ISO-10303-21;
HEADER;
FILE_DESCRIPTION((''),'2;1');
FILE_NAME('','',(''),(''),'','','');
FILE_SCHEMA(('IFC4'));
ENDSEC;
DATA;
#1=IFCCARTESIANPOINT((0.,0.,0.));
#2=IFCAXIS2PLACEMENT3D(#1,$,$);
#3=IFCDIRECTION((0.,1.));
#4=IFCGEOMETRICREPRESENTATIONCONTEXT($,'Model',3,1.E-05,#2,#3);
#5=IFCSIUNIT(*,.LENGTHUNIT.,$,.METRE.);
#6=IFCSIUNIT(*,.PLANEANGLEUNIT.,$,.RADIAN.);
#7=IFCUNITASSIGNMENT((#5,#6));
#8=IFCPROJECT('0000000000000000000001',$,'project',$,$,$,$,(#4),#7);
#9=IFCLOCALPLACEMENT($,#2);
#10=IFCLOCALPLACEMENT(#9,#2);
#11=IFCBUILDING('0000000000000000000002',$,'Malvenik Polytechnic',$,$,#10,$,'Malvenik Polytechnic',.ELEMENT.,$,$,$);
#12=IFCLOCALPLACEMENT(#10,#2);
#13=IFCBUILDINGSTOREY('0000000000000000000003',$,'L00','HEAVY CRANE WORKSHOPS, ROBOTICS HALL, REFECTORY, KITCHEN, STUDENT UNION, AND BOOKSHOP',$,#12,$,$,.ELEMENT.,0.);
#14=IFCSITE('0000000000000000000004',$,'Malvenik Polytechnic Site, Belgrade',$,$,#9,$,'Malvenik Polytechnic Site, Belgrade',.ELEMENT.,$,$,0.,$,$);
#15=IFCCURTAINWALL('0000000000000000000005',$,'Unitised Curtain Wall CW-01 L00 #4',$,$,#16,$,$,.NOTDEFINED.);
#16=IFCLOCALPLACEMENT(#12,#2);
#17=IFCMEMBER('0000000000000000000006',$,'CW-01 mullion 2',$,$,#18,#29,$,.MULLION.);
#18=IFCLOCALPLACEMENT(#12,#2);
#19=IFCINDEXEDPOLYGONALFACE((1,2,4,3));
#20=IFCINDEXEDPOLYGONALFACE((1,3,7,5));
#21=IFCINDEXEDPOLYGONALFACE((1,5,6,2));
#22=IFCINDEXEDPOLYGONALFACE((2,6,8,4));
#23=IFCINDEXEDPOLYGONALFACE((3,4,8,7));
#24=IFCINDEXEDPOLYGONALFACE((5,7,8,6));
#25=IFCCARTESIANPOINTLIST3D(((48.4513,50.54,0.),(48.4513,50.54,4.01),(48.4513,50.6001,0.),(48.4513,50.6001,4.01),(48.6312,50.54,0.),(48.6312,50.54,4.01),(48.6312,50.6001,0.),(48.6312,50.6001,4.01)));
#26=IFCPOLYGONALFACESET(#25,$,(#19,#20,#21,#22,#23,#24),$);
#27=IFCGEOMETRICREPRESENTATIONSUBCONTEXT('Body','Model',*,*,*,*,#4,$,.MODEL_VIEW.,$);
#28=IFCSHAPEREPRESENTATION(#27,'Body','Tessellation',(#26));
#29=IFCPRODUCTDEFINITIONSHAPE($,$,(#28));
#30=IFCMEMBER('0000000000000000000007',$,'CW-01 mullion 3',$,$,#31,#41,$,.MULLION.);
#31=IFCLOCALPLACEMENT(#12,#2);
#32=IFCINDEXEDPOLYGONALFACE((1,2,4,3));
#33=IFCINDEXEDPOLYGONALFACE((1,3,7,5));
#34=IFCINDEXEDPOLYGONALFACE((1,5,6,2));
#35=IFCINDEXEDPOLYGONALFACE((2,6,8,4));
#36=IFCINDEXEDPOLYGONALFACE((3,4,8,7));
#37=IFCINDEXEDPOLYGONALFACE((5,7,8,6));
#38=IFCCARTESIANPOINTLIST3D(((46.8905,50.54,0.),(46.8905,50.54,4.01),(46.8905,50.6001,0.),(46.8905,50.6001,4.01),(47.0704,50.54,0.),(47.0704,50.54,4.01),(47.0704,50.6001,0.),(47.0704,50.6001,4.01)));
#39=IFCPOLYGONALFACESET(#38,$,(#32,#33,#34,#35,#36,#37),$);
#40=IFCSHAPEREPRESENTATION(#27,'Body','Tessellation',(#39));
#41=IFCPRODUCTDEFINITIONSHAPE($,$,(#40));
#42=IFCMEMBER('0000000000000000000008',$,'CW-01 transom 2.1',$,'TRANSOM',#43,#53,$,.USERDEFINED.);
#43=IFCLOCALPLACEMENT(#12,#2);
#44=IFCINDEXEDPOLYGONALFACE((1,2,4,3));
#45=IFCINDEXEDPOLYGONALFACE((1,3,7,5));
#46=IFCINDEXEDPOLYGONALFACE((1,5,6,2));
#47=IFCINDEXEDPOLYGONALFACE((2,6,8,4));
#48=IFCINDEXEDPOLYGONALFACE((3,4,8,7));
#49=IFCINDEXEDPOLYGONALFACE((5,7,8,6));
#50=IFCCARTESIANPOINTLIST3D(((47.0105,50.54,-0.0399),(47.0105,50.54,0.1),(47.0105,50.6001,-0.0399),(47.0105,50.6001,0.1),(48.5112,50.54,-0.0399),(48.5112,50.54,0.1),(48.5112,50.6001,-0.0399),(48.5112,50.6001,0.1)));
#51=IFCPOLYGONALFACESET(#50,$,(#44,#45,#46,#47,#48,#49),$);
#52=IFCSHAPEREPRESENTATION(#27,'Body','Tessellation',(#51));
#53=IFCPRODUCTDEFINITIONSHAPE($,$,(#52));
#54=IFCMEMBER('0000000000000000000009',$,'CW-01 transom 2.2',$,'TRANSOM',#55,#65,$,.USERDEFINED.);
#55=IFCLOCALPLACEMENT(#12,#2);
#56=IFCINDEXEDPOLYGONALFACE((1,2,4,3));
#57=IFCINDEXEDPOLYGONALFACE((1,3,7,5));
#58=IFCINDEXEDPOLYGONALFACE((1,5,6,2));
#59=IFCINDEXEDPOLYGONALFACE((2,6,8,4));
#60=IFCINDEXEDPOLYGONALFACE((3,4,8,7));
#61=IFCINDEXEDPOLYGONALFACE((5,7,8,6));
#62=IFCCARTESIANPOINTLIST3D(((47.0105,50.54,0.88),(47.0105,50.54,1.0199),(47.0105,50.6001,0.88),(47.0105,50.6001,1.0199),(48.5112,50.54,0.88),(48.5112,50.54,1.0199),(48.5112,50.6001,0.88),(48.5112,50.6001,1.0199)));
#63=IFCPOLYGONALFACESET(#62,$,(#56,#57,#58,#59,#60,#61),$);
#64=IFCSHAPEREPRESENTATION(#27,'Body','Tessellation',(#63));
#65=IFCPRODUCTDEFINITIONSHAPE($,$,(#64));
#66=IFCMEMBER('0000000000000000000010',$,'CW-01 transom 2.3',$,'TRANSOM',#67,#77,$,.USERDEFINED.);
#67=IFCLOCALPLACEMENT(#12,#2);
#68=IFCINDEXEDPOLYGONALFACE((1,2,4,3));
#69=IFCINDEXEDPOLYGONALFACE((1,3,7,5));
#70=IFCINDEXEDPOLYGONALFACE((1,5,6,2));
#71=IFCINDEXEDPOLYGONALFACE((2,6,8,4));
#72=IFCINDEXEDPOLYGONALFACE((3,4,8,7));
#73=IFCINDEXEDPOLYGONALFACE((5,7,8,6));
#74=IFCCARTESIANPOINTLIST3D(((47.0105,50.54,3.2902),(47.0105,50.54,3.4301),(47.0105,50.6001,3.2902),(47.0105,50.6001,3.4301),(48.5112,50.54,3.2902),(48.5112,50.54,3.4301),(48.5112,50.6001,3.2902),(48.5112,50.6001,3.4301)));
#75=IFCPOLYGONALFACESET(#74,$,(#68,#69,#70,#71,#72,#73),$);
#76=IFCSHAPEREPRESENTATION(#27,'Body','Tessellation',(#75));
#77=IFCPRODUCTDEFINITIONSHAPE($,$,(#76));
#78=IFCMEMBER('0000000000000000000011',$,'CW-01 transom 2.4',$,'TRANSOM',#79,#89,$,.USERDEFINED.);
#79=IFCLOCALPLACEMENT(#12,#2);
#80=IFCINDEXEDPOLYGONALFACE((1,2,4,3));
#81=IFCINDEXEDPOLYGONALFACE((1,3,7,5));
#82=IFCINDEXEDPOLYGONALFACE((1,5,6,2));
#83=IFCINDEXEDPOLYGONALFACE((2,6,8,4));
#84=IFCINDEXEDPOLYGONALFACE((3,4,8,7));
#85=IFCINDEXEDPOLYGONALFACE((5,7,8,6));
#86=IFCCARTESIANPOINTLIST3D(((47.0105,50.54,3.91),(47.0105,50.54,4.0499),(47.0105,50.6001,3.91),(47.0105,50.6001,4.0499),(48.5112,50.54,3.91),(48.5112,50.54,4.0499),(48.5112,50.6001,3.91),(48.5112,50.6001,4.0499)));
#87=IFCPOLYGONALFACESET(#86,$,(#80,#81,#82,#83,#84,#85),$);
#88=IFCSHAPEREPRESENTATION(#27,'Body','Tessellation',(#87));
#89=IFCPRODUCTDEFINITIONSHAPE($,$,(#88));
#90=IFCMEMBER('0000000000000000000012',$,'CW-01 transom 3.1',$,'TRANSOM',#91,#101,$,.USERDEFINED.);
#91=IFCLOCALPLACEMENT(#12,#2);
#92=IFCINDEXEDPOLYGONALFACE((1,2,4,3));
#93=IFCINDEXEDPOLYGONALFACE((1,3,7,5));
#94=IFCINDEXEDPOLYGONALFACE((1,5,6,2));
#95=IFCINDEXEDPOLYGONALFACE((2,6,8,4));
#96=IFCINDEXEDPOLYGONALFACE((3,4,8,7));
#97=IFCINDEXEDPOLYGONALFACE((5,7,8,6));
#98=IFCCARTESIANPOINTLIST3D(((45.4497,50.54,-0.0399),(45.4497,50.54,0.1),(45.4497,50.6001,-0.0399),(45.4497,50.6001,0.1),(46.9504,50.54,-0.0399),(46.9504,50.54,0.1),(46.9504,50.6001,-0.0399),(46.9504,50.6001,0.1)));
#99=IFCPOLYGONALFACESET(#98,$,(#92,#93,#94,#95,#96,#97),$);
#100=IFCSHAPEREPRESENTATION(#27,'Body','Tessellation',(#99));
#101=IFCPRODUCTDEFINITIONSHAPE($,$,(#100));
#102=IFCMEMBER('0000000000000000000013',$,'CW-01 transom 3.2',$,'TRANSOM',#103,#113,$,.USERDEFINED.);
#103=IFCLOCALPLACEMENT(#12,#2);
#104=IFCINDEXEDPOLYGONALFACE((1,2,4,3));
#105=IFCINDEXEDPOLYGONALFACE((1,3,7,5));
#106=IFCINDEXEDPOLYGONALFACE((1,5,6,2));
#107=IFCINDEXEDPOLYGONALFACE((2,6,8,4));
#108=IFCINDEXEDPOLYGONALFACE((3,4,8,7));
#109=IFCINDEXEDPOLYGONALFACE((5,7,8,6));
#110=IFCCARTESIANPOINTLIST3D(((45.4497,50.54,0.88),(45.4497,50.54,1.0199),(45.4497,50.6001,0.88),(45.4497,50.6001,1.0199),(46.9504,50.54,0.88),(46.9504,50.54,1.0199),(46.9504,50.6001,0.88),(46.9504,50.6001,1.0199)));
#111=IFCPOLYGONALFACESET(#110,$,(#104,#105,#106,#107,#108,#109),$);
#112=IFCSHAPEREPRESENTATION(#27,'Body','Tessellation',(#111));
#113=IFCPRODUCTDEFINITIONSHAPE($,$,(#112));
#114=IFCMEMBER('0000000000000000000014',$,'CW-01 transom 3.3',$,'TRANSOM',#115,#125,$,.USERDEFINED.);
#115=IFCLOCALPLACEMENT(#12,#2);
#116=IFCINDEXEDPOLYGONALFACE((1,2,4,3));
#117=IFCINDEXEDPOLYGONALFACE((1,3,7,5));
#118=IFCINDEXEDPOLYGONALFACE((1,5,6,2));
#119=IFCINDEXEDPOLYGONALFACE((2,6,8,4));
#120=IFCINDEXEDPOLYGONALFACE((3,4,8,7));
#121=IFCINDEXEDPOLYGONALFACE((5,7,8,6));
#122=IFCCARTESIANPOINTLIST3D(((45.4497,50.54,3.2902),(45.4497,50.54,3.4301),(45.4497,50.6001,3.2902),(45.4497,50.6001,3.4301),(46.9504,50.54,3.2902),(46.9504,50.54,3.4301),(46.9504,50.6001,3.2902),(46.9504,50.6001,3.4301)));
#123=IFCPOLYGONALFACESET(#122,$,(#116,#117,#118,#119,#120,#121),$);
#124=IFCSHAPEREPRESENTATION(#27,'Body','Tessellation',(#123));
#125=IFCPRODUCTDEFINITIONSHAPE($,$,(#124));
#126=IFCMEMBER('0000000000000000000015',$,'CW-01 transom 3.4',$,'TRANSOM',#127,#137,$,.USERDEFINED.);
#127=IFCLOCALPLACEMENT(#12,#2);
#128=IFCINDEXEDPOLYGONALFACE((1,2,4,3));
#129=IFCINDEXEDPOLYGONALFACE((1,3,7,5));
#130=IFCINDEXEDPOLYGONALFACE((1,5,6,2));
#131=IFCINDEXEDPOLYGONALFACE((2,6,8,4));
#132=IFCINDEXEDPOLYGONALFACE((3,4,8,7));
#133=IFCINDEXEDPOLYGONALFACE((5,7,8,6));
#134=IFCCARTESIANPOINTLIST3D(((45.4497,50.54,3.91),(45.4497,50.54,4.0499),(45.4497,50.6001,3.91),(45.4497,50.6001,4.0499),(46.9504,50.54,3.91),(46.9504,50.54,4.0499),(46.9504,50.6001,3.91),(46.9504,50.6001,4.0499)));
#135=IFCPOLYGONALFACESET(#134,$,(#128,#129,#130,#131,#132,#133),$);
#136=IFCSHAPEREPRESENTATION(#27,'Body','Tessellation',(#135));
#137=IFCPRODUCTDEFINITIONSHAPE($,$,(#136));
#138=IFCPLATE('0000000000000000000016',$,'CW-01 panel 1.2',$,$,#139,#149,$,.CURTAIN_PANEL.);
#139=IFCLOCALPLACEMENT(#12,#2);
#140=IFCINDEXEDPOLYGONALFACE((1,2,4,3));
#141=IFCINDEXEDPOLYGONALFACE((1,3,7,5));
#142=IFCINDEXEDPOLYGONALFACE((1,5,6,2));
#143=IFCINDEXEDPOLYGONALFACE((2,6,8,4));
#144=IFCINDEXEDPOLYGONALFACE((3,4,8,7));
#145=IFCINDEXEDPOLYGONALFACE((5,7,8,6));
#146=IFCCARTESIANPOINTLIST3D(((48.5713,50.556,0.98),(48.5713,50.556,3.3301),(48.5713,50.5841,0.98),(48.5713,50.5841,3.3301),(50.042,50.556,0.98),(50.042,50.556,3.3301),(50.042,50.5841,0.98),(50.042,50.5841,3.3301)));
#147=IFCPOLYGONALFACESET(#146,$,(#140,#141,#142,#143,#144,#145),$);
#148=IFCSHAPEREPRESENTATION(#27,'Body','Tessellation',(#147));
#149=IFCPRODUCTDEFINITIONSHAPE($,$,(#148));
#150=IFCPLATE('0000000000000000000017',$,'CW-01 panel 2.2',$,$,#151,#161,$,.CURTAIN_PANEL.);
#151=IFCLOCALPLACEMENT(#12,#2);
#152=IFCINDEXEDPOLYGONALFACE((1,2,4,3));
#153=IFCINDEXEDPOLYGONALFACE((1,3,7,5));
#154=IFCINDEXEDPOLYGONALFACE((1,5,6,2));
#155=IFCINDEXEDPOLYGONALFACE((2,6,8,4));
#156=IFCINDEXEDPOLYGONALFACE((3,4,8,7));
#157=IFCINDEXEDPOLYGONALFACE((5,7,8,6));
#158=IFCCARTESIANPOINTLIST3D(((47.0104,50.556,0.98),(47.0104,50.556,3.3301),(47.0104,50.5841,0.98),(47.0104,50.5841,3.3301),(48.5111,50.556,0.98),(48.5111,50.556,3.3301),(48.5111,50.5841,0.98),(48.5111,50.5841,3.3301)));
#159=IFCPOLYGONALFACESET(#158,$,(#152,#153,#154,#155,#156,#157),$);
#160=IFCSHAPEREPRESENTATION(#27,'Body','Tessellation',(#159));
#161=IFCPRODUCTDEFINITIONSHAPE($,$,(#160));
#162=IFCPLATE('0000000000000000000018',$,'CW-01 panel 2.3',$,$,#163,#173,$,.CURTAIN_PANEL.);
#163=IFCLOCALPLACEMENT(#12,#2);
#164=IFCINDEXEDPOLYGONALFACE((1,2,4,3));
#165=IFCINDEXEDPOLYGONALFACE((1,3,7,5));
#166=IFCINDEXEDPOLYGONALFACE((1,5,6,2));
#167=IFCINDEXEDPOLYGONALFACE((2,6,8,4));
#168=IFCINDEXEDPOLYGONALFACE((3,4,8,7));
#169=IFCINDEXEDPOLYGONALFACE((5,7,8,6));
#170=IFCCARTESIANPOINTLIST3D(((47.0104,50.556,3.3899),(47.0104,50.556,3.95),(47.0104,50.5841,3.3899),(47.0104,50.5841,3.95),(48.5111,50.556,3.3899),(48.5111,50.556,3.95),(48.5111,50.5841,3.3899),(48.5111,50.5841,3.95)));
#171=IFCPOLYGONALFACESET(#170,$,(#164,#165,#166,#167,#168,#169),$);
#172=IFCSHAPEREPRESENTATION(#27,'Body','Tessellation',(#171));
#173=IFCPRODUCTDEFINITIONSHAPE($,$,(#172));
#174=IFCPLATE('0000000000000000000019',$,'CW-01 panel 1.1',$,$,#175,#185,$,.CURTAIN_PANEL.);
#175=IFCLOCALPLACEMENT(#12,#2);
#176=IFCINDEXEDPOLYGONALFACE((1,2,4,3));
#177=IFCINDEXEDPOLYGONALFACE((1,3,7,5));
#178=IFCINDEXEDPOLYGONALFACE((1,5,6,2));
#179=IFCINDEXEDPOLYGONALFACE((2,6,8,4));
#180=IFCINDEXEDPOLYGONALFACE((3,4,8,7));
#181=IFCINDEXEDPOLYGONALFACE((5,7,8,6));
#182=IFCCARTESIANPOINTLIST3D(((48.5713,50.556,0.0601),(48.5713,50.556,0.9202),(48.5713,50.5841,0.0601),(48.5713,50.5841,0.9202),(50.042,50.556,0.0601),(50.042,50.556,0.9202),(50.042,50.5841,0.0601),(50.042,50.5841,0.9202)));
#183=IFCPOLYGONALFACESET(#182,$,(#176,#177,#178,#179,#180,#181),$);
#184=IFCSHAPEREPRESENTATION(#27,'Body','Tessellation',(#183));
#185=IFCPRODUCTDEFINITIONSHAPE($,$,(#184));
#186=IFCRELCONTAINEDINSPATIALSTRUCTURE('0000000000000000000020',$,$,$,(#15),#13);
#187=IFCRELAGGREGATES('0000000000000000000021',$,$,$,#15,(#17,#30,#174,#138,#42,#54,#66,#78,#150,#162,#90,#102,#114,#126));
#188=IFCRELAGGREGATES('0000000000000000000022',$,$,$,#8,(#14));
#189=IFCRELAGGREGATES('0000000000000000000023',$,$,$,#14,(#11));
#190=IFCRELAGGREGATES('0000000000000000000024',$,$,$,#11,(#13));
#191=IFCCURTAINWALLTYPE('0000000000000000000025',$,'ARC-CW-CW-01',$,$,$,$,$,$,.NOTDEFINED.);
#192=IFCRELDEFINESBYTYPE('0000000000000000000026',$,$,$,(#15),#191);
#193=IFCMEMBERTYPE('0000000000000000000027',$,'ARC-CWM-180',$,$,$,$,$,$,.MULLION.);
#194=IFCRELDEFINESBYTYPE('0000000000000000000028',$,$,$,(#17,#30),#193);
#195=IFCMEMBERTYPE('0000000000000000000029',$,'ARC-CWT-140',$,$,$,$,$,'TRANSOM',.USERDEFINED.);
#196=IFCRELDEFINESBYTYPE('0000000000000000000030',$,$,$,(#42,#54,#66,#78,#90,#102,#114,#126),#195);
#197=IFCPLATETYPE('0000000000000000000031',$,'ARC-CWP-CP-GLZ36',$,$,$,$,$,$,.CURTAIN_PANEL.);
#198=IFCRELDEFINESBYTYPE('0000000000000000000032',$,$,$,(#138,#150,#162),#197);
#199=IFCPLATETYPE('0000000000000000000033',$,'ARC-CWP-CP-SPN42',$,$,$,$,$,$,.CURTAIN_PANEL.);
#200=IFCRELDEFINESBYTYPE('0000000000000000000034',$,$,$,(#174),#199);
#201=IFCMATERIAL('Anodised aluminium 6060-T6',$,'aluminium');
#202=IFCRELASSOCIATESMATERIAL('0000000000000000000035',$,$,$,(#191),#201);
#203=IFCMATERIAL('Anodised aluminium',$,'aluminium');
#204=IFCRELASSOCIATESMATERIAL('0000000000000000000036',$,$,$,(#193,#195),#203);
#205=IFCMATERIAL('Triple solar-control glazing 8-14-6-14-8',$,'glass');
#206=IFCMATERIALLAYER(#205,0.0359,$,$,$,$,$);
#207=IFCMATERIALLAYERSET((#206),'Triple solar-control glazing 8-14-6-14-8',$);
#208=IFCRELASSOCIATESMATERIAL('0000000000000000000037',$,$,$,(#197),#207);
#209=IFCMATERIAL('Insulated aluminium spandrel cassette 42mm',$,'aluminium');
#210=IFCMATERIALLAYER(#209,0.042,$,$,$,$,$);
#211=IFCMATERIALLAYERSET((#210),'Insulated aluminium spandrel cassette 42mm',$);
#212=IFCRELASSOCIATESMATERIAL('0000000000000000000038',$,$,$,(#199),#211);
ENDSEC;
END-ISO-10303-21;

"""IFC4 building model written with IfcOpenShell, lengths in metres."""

from ifc_helpers import new_model, si_unit, direction, frame, origin, origin_2d, place, context, subcontext, project, spatial, rectangle, extrude, material, layer, layer_set, material_profile, profile_set, type_object, element, aggregate, save


model = new_model("IFC4")

# Units and contexts
model_context = context("Model", 3, precision=1e-05, world=origin(), true_north=direction((0.0, 1.0)))
body_context = subcontext(model_context, "Body", "Model", "MODEL_VIEW")
ifc_project = project(units=[si_unit("LENGTHUNIT", "METRE"), si_unit("PLANEANGLEUNIT", "RADIAN")], contexts=[model_context])

# Site, building, storey
site_placement = place(None, origin())
site = spatial("IfcSite", under=ifc_project, at=site_placement, Name="Malvenik Polytechnic Site, Belgrade", LongName="Malvenik Polytechnic Site, Belgrade", CompositionType="ELEMENT", RefElevation=0.0)
building_placement = place(site_placement, origin())
building = spatial("IfcBuilding", under=site, at=building_placement, Name="Malvenik Polytechnic", LongName="Malvenik Polytechnic", CompositionType="ELEMENT")
storey_placement = place(building_placement, origin())
storey = spatial("IfcBuildingStorey", under=building, at=storey_placement, Name="L00", Description="HEAVY CRANE WORKSHOPS, ROBOTICS HALL, REFECTORY, KITCHEN, STUDENT UNION, AND BOOKSHOP", CompositionType="ELEMENT", Elevation=0.0)

# Curtain wall, members, plates
ifc_material_1 = material(Name="Anodised aluminium 6060-T6", Category="aluminium")
curtain_wall_type = type_object("IfcCurtainWallType", Name="ARC-CW-CW-01", PredefinedType="NOTDEFINED", material=ifc_material_1)
curtain_wall_placement = place(storey_placement, origin())
curtain_wall = element("IfcCurtainWall", 1, at=curtain_wall_placement, inside=storey, type_object=curtain_wall_type, Name="Unitised Curtain Wall CW-01 L00 #4", PredefinedType="NOTDEFINED")
ifc_material_2 = material(Name="Anodised aluminium", Category="aluminium")
ifc_material_profile_1 = material_profile(ifc_material_2, rectangle(XDim=0.0601, YDim=0.1799, at=origin_2d()), Name="ALU MULLION 60x180")
ifc_profile_set_1 = profile_set([ifc_material_profile_1], Name="Anodised aluminium")
member_type_1 = type_object("IfcMemberType", Name="ARC-CWM-180", PredefinedType="MULLION", material=ifc_profile_set_1)
member_1_placement = place(storey_placement, frame((48.5413, 50.5701, 0.0), z_axis=(0.0, 0.0, 1.0), x_axis=(0.0, -1.0, 0.0)))
member_1 = element("IfcMember", 2, at=member_1_placement, type_object=member_type_1, Name="CW-01 mullion 2", PredefinedType="MULLION", context=body_context, shape_type="SweptSolid", body=[
    extrude(rectangle(XDim=0.0601, YDim=0.1799, at=origin_2d()), origin(), (0.0, 0.0, 1.0), 4.01),
])
member_2_placement = place(storey_placement, frame((46.9805, 50.5701, 0.0), z_axis=(0.0, 0.0, 1.0), x_axis=(0.0, -1.0, 0.0)))
member_2 = element("IfcMember", 3, at=member_2_placement, type_object=member_type_1, Name="CW-01 mullion 3", PredefinedType="MULLION", context=body_context, shape_type="SweptSolid", body=[
    extrude(rectangle(XDim=0.0601, YDim=0.1799, at=origin_2d()), origin(), (0.0, 0.0, 1.0), 4.01),
])
ifc_material_profile_2 = material_profile(ifc_material_2, rectangle(XDim=0.0601, YDim=0.1399, at=origin_2d()), Name="ALU TRANSOM 60x140")
ifc_profile_set_2 = profile_set([ifc_material_profile_2], Name="Anodised aluminium")
member_type_2 = type_object("IfcMemberType", Name="ARC-CWT-140", ElementType="TRANSOM", PredefinedType="USERDEFINED", material=ifc_profile_set_2)
member_3_placement = place(storey_placement, frame((48.5112, 50.5701, 0.03), z_axis=(-1.0, 0.0, 0.0), x_axis=(0.0, -1.0, 0.0)))
member_3 = element("IfcMember", 4, at=member_3_placement, type_object=member_type_2, Name="CW-01 transom 2.1", ObjectType="TRANSOM", PredefinedType="USERDEFINED", context=body_context, shape_type="SweptSolid", body=[
    extrude(rectangle(XDim=0.0601, YDim=0.1399, at=origin_2d()), origin(), (0.0, 0.0, 1.0), 1.5007),
])
member_4_placement = place(storey_placement, frame((48.5112, 50.5701, 0.95), z_axis=(-1.0, 0.0, 0.0), x_axis=(0.0, -1.0, 0.0)))
member_4 = element("IfcMember", 5, at=member_4_placement, type_object=member_type_2, Name="CW-01 transom 2.2", ObjectType="TRANSOM", PredefinedType="USERDEFINED", context=body_context, shape_type="SweptSolid", body=[
    extrude(rectangle(XDim=0.0601, YDim=0.1399, at=origin_2d()), origin(), (0.0, 0.0, 1.0), 1.5007),
])
member_5_placement = place(storey_placement, frame((48.5112, 50.5701, 3.3601), z_axis=(-1.0, 0.0, 0.0), x_axis=(0.0, -1.0, 0.0)))
member_5 = element("IfcMember", 6, at=member_5_placement, type_object=member_type_2, Name="CW-01 transom 2.3", ObjectType="TRANSOM", PredefinedType="USERDEFINED", context=body_context, shape_type="SweptSolid", body=[
    extrude(rectangle(XDim=0.0601, YDim=0.1399, at=origin_2d()), origin(), (0.0, 0.0, 1.0), 1.5007),
])
member_6_placement = place(storey_placement, frame((48.5112, 50.5701, 3.98), z_axis=(-1.0, 0.0, 0.0), x_axis=(0.0, -1.0, 0.0)))
member_6 = element("IfcMember", 7, at=member_6_placement, type_object=member_type_2, Name="CW-01 transom 2.4", ObjectType="TRANSOM", PredefinedType="USERDEFINED", context=body_context, shape_type="SweptSolid", body=[
    extrude(rectangle(XDim=0.0601, YDim=0.1399, at=origin_2d()), origin(), (0.0, 0.0, 1.0), 1.5007),
])
member_7_placement = place(storey_placement, frame((46.9504, 50.5701, 0.03), z_axis=(-1.0, 0.0, 0.0), x_axis=(0.0, -1.0, 0.0)))
member_7 = element("IfcMember", 8, at=member_7_placement, type_object=member_type_2, Name="CW-01 transom 3.1", ObjectType="TRANSOM", PredefinedType="USERDEFINED", context=body_context, shape_type="SweptSolid", body=[
    extrude(rectangle(XDim=0.0601, YDim=0.1399, at=origin_2d()), origin(), (0.0, 0.0, 1.0), 1.5007),
])
member_8_placement = place(storey_placement, frame((46.9504, 50.5701, 0.95), z_axis=(-1.0, 0.0, 0.0), x_axis=(0.0, -1.0, 0.0)))
member_8 = element("IfcMember", 9, at=member_8_placement, type_object=member_type_2, Name="CW-01 transom 3.2", ObjectType="TRANSOM", PredefinedType="USERDEFINED", context=body_context, shape_type="SweptSolid", body=[
    extrude(rectangle(XDim=0.0601, YDim=0.1399, at=origin_2d()), origin(), (0.0, 0.0, 1.0), 1.5007),
])
member_9_placement = place(storey_placement, frame((46.9504, 50.5701, 3.3601), z_axis=(-1.0, 0.0, 0.0), x_axis=(0.0, -1.0, 0.0)))
member_9 = element("IfcMember", 10, at=member_9_placement, type_object=member_type_2, Name="CW-01 transom 3.3", ObjectType="TRANSOM", PredefinedType="USERDEFINED", context=body_context, shape_type="SweptSolid", body=[
    extrude(rectangle(XDim=0.0601, YDim=0.1399, at=origin_2d()), origin(), (0.0, 0.0, 1.0), 1.5007),
])
member_10_placement = place(storey_placement, frame((46.9504, 50.5701, 3.98), z_axis=(-1.0, 0.0, 0.0), x_axis=(0.0, -1.0, 0.0)))
member_10 = element("IfcMember", 11, at=member_10_placement, type_object=member_type_2, Name="CW-01 transom 3.4", ObjectType="TRANSOM", PredefinedType="USERDEFINED", context=body_context, shape_type="SweptSolid", body=[
    extrude(rectangle(XDim=0.0601, YDim=0.1399, at=origin_2d()), origin(), (0.0, 0.0, 1.0), 1.5007),
])
ifc_material_3 = material(Name="Triple solar-control glazing 8-14-6-14-8", Category="glass")
ifc_layer_1 = layer(ifc_material_3, 0.0359)
ifc_layer_set_1 = layer_set([ifc_layer_1], Name="Triple solar-control glazing 8-14-6-14-8")
plate_type_1 = type_object("IfcPlateType", Name="ARC-CWP-CP-GLZ36", PredefinedType="CURTAIN_PANEL", material=ifc_layer_set_1)
plate_1_placement = place(storey_placement, frame((49.3066, 50.5701, 0.98), z_axis=(0.0, 0.0, 1.0), x_axis=(-1.0, 0.0, 0.0)))
plate_1 = element("IfcPlate", 12, at=plate_1_placement, type_object=plate_type_1, Name="CW-01 panel 1.2", PredefinedType="CURTAIN_PANEL", context=body_context, shape_type="SweptSolid", body=[
    extrude(rectangle(XDim=1.4707, YDim=0.0281, at=origin_2d()), origin(), (0.0, 0.0, 1.0), 2.3501),
])
plate_2_placement = place(storey_placement, frame((47.7607, 50.5701, 0.98), z_axis=(0.0, 0.0, 1.0), x_axis=(-1.0, 0.0, 0.0)))
plate_2 = element("IfcPlate", 13, at=plate_2_placement, type_object=plate_type_1, Name="CW-01 panel 2.2", PredefinedType="CURTAIN_PANEL", context=body_context, shape_type="SweptSolid", body=[
    extrude(rectangle(XDim=1.5007, YDim=0.0281, at=origin_2d()), origin(), (0.0, 0.0, 1.0), 2.3501),
])
plate_3_placement = place(storey_placement, frame((47.7607, 50.5701, 3.3899), z_axis=(0.0, 0.0, 1.0), x_axis=(-1.0, 0.0, 0.0)))
plate_3 = element("IfcPlate", 14, at=plate_3_placement, type_object=plate_type_1, Name="CW-01 panel 2.3", PredefinedType="CURTAIN_PANEL", context=body_context, shape_type="SweptSolid", body=[
    extrude(rectangle(XDim=1.5007, YDim=0.0281, at=origin_2d()), origin(), (0.0, 0.0, 1.0), 0.5601),
])
ifc_material_4 = material(Name="Insulated aluminium spandrel cassette 42mm", Category="aluminium")
ifc_layer_2 = layer(ifc_material_4, 0.042)
ifc_layer_set_2 = layer_set([ifc_layer_2], Name="Insulated aluminium spandrel cassette 42mm")
plate_type_2 = type_object("IfcPlateType", Name="ARC-CWP-CP-SPN42", PredefinedType="CURTAIN_PANEL", material=ifc_layer_set_2)
plate_4_placement = place(storey_placement, frame((49.3066, 50.5701, 0.0601), z_axis=(0.0, 0.0, 1.0), x_axis=(-1.0, 0.0, 0.0)))
plate_4 = element("IfcPlate", 15, at=plate_4_placement, type_object=plate_type_2, Name="CW-01 panel 1.1", PredefinedType="CURTAIN_PANEL", context=body_context, shape_type="SweptSolid", body=[
    extrude(rectangle(XDim=1.4707, YDim=0.0281, at=origin_2d()), origin(), (0.0, 0.0, 1.0), 0.8601),
])
aggregate(curtain_wall, [member_1, member_2, plate_4, plate_1, member_3, member_4, member_5, member_6, plate_2, plate_3, member_7, member_8, member_9, member_10])

save(model, "model.ifc")
